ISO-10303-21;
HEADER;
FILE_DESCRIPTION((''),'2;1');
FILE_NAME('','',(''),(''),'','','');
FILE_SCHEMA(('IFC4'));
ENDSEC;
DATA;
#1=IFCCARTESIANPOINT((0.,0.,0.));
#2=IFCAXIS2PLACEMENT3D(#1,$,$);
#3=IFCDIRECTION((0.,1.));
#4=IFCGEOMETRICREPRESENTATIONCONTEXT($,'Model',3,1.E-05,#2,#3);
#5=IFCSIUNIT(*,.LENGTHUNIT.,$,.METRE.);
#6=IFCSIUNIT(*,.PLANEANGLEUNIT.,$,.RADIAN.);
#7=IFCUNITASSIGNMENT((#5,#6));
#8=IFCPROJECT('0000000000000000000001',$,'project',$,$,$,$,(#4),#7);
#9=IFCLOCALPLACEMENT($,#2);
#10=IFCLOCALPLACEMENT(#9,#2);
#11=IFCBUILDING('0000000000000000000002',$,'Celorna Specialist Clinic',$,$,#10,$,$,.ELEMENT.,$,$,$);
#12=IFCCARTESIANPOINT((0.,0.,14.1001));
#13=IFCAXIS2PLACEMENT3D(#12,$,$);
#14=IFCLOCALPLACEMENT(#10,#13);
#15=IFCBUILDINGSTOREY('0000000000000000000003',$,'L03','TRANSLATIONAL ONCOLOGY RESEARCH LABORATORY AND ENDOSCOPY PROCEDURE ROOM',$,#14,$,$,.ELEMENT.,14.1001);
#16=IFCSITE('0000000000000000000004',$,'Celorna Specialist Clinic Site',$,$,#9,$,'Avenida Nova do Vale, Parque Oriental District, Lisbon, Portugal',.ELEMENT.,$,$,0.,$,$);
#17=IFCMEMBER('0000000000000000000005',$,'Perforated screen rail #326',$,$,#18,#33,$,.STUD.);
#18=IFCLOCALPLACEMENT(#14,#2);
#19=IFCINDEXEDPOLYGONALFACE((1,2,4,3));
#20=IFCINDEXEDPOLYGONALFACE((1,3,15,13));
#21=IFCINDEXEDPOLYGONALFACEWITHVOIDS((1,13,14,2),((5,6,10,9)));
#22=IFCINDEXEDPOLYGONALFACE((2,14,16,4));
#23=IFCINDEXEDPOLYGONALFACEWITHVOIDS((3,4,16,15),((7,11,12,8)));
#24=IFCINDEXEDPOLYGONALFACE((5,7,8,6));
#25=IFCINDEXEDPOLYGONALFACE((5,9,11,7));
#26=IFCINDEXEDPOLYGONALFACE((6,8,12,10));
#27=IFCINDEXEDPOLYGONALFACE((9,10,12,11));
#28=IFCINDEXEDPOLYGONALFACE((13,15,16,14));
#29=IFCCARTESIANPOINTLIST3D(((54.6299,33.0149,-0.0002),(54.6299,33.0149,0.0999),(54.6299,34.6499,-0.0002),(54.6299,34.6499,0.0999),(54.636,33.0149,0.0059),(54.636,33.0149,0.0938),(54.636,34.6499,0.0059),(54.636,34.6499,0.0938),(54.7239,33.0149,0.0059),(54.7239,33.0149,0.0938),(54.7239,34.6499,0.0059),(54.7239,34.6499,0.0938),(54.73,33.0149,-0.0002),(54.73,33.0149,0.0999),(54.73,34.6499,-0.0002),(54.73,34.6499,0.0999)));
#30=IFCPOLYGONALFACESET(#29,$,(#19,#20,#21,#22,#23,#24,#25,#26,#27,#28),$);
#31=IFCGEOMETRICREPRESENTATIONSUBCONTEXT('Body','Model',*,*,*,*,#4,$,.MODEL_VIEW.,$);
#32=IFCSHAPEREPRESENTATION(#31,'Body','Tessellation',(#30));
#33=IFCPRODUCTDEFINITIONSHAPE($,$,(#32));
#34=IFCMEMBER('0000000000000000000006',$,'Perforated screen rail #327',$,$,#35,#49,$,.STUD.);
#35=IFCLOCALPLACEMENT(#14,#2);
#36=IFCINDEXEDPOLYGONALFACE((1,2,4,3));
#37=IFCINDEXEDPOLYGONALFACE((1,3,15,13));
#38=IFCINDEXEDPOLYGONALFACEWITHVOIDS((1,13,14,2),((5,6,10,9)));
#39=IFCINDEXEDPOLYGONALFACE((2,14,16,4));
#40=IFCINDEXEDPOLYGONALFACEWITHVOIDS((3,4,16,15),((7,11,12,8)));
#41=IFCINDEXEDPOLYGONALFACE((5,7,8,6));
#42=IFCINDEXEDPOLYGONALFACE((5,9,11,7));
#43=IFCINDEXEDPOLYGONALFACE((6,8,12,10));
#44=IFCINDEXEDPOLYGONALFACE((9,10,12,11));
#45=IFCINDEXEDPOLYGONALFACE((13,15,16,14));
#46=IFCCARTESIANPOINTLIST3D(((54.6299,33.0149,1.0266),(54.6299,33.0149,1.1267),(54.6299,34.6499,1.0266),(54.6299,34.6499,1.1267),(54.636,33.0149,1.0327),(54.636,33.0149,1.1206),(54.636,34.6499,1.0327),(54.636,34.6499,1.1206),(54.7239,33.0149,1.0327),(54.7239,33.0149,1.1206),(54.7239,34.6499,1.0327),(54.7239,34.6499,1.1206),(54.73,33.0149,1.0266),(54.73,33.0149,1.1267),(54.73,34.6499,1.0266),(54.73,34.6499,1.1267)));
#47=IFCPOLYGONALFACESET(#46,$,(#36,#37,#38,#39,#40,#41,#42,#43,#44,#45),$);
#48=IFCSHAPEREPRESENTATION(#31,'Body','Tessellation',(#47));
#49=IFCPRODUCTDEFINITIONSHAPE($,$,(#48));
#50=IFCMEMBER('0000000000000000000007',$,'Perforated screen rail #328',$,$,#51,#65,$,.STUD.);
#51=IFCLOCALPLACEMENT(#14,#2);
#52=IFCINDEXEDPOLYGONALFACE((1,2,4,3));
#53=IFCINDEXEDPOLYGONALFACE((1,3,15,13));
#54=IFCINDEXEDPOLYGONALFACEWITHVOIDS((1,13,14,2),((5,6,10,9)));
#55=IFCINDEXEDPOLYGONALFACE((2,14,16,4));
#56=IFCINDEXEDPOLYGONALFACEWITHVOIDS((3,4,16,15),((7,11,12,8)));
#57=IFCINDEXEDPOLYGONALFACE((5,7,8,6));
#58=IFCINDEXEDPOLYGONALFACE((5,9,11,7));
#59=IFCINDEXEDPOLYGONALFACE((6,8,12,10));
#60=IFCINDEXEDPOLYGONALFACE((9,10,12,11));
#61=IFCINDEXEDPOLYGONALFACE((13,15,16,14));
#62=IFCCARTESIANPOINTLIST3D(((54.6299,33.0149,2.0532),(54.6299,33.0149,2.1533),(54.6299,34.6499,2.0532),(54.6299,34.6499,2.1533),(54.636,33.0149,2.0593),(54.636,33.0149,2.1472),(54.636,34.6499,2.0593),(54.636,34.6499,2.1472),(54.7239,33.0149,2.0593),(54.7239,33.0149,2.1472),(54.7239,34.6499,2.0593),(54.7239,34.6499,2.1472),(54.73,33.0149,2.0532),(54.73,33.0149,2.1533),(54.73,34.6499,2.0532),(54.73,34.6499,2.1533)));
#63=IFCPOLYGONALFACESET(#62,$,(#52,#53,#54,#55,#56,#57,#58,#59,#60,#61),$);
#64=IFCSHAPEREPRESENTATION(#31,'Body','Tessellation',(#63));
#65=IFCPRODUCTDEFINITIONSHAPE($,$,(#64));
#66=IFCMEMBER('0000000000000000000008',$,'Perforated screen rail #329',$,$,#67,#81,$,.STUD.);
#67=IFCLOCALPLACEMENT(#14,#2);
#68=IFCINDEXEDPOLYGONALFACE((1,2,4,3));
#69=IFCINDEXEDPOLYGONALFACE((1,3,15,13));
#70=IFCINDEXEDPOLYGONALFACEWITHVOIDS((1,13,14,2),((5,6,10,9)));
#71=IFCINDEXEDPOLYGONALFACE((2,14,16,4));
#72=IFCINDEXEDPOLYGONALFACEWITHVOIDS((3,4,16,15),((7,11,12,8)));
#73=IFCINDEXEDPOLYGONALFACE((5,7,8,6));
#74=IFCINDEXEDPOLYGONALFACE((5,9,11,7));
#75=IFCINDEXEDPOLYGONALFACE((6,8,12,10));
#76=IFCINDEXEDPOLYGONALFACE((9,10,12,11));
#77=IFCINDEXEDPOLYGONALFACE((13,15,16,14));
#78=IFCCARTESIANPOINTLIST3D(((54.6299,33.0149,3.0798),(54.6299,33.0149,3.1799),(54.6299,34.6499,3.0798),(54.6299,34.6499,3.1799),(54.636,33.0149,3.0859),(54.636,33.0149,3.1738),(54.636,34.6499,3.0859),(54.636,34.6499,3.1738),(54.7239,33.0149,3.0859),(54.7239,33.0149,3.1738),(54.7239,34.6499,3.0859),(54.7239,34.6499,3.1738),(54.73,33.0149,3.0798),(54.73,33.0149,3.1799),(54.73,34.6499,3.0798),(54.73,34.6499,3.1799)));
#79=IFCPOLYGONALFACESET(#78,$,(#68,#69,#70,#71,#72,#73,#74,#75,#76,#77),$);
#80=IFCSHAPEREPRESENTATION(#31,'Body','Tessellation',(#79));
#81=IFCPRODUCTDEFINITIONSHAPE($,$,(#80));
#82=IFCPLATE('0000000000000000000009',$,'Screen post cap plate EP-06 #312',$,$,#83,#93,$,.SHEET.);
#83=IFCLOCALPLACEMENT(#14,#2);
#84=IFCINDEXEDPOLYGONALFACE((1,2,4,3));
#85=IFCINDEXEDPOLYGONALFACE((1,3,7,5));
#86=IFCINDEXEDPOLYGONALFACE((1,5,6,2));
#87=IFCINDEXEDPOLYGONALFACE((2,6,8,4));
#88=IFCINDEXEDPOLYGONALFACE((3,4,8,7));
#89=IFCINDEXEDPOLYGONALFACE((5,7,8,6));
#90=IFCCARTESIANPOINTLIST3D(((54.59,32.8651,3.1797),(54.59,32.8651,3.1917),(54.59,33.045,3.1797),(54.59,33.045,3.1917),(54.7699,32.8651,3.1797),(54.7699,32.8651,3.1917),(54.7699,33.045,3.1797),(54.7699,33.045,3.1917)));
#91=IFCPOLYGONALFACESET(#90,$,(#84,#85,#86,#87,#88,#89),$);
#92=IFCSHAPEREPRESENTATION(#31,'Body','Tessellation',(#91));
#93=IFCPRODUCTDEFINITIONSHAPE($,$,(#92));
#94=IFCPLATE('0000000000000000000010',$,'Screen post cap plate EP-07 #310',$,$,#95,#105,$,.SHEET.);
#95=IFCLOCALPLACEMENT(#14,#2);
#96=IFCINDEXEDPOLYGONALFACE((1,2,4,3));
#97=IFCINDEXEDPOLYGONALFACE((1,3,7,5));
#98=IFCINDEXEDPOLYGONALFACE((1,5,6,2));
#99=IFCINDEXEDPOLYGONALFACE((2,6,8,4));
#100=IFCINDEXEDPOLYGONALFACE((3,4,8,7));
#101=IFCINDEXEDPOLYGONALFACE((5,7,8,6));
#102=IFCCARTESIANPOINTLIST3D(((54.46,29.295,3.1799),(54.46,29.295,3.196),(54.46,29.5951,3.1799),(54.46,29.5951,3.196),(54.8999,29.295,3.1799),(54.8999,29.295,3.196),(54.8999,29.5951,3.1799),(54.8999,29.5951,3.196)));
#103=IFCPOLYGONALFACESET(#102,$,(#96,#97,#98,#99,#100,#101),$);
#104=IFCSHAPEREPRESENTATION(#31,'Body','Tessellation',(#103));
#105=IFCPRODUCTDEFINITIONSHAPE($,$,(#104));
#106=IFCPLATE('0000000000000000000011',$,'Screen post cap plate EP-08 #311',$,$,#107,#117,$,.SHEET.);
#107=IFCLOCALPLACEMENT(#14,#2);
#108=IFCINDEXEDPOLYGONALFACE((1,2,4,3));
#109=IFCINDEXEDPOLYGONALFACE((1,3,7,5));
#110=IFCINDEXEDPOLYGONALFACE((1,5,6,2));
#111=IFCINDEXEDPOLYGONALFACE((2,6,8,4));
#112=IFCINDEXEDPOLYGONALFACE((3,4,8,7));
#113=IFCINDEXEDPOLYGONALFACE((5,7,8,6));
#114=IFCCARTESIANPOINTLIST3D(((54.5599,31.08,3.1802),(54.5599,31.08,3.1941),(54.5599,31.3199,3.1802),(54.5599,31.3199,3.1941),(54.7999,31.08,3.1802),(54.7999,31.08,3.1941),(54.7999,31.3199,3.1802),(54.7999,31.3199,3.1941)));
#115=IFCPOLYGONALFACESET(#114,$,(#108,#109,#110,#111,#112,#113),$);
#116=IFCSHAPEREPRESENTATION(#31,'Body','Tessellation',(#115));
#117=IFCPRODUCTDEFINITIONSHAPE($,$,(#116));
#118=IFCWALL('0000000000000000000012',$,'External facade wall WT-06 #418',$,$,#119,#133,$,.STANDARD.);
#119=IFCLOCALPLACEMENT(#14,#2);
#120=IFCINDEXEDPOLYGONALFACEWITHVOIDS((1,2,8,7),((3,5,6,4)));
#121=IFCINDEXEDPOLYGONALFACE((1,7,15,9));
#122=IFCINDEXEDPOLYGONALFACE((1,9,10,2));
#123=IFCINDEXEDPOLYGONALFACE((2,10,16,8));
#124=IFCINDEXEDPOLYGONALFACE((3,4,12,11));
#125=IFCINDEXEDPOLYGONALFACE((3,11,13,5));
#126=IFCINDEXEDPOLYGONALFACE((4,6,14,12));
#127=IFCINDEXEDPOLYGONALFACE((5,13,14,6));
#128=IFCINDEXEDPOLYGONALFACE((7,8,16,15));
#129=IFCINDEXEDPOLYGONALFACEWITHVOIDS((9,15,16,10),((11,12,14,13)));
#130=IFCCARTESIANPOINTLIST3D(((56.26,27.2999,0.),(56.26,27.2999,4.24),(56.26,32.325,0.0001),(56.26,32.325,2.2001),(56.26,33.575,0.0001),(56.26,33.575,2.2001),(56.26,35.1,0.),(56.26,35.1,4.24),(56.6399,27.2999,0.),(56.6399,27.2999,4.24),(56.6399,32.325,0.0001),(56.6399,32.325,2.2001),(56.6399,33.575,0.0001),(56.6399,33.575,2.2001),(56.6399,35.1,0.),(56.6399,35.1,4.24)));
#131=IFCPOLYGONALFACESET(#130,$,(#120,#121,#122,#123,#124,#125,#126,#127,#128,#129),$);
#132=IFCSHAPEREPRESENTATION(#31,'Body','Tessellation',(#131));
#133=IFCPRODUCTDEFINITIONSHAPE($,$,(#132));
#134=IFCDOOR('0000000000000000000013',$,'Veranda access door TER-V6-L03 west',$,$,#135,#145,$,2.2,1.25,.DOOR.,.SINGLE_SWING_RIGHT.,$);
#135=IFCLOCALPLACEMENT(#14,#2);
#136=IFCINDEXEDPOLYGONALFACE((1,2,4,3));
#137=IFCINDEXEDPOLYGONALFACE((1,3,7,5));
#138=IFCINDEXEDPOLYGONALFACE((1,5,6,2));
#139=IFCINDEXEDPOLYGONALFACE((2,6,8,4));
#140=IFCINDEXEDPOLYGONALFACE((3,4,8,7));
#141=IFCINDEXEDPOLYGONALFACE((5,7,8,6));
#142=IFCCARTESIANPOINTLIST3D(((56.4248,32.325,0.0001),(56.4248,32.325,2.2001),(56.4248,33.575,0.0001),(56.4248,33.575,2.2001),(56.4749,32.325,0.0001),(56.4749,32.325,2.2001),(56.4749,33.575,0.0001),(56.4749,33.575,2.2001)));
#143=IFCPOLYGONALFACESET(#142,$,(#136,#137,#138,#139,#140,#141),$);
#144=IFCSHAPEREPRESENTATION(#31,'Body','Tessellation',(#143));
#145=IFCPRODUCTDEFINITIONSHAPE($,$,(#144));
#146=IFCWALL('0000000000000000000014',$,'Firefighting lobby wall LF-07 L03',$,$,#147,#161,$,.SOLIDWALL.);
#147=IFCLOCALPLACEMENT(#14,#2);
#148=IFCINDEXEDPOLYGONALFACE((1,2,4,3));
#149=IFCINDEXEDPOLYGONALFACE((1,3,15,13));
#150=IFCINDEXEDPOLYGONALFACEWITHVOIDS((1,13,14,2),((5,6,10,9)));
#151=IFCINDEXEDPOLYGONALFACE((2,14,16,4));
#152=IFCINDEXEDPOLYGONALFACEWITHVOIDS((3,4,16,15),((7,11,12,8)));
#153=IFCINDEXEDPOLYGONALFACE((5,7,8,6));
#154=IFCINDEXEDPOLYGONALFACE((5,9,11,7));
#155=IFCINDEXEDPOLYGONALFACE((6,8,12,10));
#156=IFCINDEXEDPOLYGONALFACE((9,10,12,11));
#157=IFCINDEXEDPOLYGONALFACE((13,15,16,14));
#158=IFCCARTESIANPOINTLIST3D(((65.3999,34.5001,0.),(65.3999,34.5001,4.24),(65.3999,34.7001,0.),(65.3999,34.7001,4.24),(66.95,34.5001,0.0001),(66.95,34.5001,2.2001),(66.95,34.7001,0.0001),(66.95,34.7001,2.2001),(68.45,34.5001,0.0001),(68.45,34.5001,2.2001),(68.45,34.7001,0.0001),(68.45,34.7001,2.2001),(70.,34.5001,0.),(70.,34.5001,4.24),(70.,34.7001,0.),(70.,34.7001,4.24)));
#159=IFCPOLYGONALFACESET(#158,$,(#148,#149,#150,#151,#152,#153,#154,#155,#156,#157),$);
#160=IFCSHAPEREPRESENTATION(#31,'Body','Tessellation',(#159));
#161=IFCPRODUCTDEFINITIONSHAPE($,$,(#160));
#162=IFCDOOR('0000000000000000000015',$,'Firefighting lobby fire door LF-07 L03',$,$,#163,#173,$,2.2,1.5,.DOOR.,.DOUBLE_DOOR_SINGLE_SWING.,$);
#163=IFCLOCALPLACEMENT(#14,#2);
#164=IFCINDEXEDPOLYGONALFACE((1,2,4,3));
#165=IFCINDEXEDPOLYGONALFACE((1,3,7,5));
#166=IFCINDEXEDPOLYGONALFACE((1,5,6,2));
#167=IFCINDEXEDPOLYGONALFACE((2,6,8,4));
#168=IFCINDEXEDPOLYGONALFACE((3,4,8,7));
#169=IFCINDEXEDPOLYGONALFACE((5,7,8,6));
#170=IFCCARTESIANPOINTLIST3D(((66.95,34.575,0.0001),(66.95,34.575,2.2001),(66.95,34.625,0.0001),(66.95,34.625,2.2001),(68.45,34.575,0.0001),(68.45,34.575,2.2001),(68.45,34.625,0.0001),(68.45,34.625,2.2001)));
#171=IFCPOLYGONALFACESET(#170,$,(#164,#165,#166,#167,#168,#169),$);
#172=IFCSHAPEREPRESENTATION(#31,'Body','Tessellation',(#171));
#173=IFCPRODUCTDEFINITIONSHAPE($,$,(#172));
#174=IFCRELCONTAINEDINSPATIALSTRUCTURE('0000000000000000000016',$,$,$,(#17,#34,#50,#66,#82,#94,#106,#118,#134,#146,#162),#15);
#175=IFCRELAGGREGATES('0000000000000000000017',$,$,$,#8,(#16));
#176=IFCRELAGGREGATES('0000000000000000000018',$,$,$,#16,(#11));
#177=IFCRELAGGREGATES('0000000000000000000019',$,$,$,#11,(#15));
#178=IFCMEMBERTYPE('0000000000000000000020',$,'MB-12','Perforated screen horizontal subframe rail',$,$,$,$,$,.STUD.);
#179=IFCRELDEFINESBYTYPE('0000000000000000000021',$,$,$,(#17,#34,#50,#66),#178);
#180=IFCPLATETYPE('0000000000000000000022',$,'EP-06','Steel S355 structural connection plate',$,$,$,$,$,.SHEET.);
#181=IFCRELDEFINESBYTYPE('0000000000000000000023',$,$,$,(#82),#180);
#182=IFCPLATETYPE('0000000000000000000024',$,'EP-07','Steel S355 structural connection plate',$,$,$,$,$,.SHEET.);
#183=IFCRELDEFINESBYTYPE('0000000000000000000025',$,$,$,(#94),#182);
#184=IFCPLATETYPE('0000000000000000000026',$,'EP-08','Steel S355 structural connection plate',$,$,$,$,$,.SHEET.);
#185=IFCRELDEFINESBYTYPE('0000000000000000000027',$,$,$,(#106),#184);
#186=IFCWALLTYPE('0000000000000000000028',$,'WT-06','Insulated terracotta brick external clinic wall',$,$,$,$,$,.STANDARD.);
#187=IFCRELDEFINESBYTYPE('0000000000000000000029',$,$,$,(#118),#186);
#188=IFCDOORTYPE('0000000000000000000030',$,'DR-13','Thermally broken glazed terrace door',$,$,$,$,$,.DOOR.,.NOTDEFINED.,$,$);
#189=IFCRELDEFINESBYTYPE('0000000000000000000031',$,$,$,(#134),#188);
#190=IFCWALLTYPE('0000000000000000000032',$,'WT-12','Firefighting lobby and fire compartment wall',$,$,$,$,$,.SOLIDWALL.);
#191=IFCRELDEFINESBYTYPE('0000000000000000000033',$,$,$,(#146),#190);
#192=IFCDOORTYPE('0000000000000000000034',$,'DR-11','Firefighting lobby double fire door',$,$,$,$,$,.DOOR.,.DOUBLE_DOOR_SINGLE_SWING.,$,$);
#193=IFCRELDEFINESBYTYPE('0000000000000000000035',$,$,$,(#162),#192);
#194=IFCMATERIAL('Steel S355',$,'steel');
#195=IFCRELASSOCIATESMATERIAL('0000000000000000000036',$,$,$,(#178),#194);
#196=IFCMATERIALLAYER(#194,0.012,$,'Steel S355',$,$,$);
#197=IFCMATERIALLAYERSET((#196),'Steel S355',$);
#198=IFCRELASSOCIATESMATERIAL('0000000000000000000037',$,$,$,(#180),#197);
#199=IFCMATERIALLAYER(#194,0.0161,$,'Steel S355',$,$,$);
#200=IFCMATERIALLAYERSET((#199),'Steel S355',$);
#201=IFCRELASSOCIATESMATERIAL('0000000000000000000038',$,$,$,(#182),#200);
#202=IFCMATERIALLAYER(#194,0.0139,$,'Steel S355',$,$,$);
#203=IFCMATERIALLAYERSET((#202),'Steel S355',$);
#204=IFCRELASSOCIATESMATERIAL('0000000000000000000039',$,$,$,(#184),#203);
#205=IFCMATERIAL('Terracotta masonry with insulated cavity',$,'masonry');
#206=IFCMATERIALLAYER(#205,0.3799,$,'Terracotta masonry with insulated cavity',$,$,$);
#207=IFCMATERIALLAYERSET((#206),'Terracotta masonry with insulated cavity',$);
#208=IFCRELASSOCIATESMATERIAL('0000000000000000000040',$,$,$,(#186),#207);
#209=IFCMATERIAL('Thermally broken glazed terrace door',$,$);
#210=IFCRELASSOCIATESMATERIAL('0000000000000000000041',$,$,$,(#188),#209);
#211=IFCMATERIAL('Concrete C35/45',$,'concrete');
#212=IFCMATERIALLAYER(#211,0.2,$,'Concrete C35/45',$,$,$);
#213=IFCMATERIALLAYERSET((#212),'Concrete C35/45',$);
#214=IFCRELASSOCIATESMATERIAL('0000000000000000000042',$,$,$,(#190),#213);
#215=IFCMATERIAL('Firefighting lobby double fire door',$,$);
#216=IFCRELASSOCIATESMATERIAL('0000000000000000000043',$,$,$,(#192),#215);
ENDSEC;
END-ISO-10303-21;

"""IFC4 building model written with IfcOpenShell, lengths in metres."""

from ifc_helpers import new_model, si_unit, direction, frame, frame_2d, origin, origin_2d, place, context, subcontext, project, spatial, rectangle, hollow_rectangle, extrude, material, layer, layer_set, material_profile, profile_set, type_object, element, fill, save


model = new_model("IFC4")

# Units and contexts
model_context = context("Model", 3, precision=1e-05, world=origin(), true_north=direction((0.0, 1.0)))
body_context = subcontext(model_context, "Body", "Model", "MODEL_VIEW")
ifc_project = project(units=[si_unit("LENGTHUNIT", "METRE"), si_unit("PLANEANGLEUNIT", "RADIAN")], contexts=[model_context])

# Site, building, storey
site_placement = place(None, origin())
site = spatial("IfcSite", under=ifc_project, at=site_placement, Name="Celorna Specialist Clinic Site", LongName="Avenida Nova do Vale, Parque Oriental District, Lisbon, Portugal", CompositionType="ELEMENT", RefElevation=0.0)
building_placement = place(site_placement, origin())
building = spatial("IfcBuilding", under=site, at=building_placement, Name="Celorna Specialist Clinic", CompositionType="ELEMENT")
storey_placement = place(building_placement, frame((0.0, 0.0, 14.1001)))
storey = spatial("IfcBuildingStorey", under=building, at=storey_placement, Name="L03", Description="TRANSLATIONAL ONCOLOGY RESEARCH LABORATORY AND ENDOSCOPY PROCEDURE ROOM", CompositionType="ELEMENT", Elevation=14.1001)

# Members
ifc_material_1 = material(Name="Steel S355", Category="steel")
ifc_material_profile_1 = material_profile(ifc_material_1, hollow_rectangle(XDim=0.1001, YDim=0.1001, WallThickness=0.0061, at=origin_2d()), Name="SHS 100x100x6")
ifc_profile_set_1 = profile_set([ifc_material_profile_1], Name="Steel S355")
member_type_1 = type_object("IfcMemberType", Name="MB-12", Description="Perforated screen horizontal subframe rail", PredefinedType="STUD", material=ifc_profile_set_1)
for number, where, z_axis, x_axis, name in (
    (1, (54.6799, 33.0149, 0.0498), (0.0, 1.0, 0.0), (-1.0, 0.0, 0.0), "Perforated screen rail #326"),
    (2, (54.6799, 33.0149, 1.0767), (0.0, 1.0, 0.0), (-1.0, 0.0, 0.0), "Perforated screen rail #327"),
    (3, (54.6799, 33.0149, 2.1033), (0.0, 1.0, 0.0), (-1.0, 0.0, 0.0), "Perforated screen rail #328"),
    (4, (54.6799, 33.0149, 3.1299), (0.0, 1.0, 0.0), (-1.0, 0.0, 0.0), "Perforated screen rail #329"),
):
    element("IfcMember", number, at=place(storey_placement, frame(where, z_axis=z_axis, x_axis=x_axis)), inside=storey, type_object=member_type_1, Name=name, PredefinedType="STUD", context=body_context, shape_type="SweptSolid", body=[
        extrude(hollow_rectangle(XDim=0.1001, YDim=0.1001, WallThickness=0.0061, at=origin_2d()), origin(), (0.0, 0.0, 1.0), 1.635),
    ])

# Plates
ifc_layer_1 = layer(ifc_material_1, 0.012, Name="Steel S355")
ifc_layer_set_1 = layer_set([ifc_layer_1], Name="Steel S355")
plate_type_1 = type_object("IfcPlateType", Name="EP-06", Description="Steel S355 structural connection plate", PredefinedType="SHEET", material=ifc_layer_set_1)
plate_1_placement = place(storey_placement, frame((54.6799, 32.9551, 3.1797), z_axis=(0.0, 0.0, 1.0), x_axis=(0.0, 1.0, 0.0)))
element("IfcPlate", 5, at=plate_1_placement, inside=storey, type_object=plate_type_1, Name="Screen post cap plate EP-06 #312", PredefinedType="SHEET", context=body_context, shape_type="SweptSolid", body=[
    extrude(rectangle(XDim=0.1799, YDim=0.1799, at=origin_2d()), origin(), (0.0, 0.0, 1.0), 0.012),
])
ifc_layer_2 = layer(ifc_material_1, 0.0161, Name="Steel S355")
ifc_layer_set_2 = layer_set([ifc_layer_2], Name="Steel S355")
plate_type_2 = type_object("IfcPlateType", Name="EP-07", Description="Steel S355 structural connection plate", PredefinedType="SHEET", material=ifc_layer_set_2)
plate_2_placement = place(storey_placement, frame((54.6799, 29.4451, 3.1799), z_axis=(0.0, 0.0, 1.0), x_axis=(0.0, 1.0, 0.0)))
element("IfcPlate", 6, at=plate_2_placement, inside=storey, type_object=plate_type_2, Name="Screen post cap plate EP-07 #310", PredefinedType="SHEET", context=body_context, shape_type="SweptSolid", body=[
    extrude(rectangle(XDim=0.3, YDim=0.4399, at=origin_2d()), origin(), (0.0, 0.0, 1.0), 0.0161),
])
ifc_layer_3 = layer(ifc_material_1, 0.0139, Name="Steel S355")
ifc_layer_set_3 = layer_set([ifc_layer_3], Name="Steel S355")
plate_type_3 = type_object("IfcPlateType", Name="EP-08", Description="Steel S355 structural connection plate", PredefinedType="SHEET", material=ifc_layer_set_3)
plate_3_placement = place(storey_placement, frame((54.6799, 31.2, 3.1802), z_axis=(0.0, 0.0, 1.0), x_axis=(0.0, 1.0, 0.0)))
element("IfcPlate", 7, at=plate_3_placement, inside=storey, type_object=plate_type_3, Name="Screen post cap plate EP-08 #311", PredefinedType="SHEET", context=body_context, shape_type="SweptSolid", body=[
    extrude(rectangle(XDim=0.24, YDim=0.24, at=origin_2d()), origin(), (0.0, 0.0, 1.0), 0.0139),
])

# Walls, openings, doors
ifc_material_2 = material(Name="Terracotta masonry with insulated cavity", Category="masonry")
ifc_layer_4 = layer(ifc_material_2, 0.3799, Name="Terracotta masonry with insulated cavity")
ifc_layer_set_4 = layer_set([ifc_layer_4], Name="Terracotta masonry with insulated cavity")
wall_type_1 = type_object("IfcWallType", Name="WT-06", Description="Insulated terracotta brick external clinic wall", PredefinedType="STANDARD", material=ifc_layer_set_4)
wall_1_placement = place(storey_placement, frame((56.45, 27.3, 0.0), z_axis=(0.0, 0.0, 1.0), x_axis=(0.0, 1.0, 0.0)))
wall_1 = element("IfcWall", 8, at=wall_1_placement, inside=storey, type_object=wall_type_1, Name="External facade wall WT-06 #418", PredefinedType="STANDARD", context=body_context, shape_type="SweptSolid", body=[
    extrude(rectangle(XDim=7.8, YDim=0.3799, at=frame_2d((3.8999, 0.0))), origin(), (0.0, 0.0, 1.0), 4.24),
])
opening_1_placement = place(wall_1_placement, frame((5.0249, 0.0, 0.0)))
opening_1 = element("IfcOpeningElement", 9, at=opening_1_placement, cuts=wall_1, PredefinedType="OPENING", context=body_context, shape_type="SweptSolid", body=[
    extrude(rectangle(XDim=1.25, YDim=2.2, at=frame_2d((0.625, 1.1001))), frame((0.0, 0.2, 0.0), z_axis=(0.0, -1.0, 0.0), x_axis=(1.0, 0.0, 0.0)), (0.0, 0.0, 1.0), 0.3999),
])
ifc_material_3 = material(Name="Thermally broken glazed terrace door")
door_type_1 = type_object("IfcDoorType", Name="DR-13", Description="Thermally broken glazed terrace door", OperationType="NOTDEFINED", PredefinedType="DOOR", material=ifc_material_3)
door_1_placement = place(opening_1_placement, frame((1.25, 0.0, 0.0), z_axis=(0.0, 0.0, 1.0), x_axis=(-1.0, 0.0, 0.0)))
door_1 = element("IfcDoor", 10, at=door_1_placement, inside=storey, type_object=door_type_1, Name="Veranda access door TER-V6-L03 west", OperationType="SINGLE_SWING_RIGHT", OverallHeight=2.2, OverallWidth=1.25, PredefinedType="DOOR", context=body_context, shape_type="SweptSolid", body=[
    extrude(rectangle(XDim=1.25, YDim=2.2, at=frame_2d((0.625, 1.1001))), frame((0.0, 0.0249, 0.0), z_axis=(0.0, -1.0, 0.0), x_axis=(1.0, 0.0, 0.0)), (0.0, 0.0, 1.0), 0.05),
])
fill(opening_1, door_1)
ifc_material_4 = material(Name="Concrete C35/45", Category="concrete")
ifc_layer_5 = layer(ifc_material_4, 0.2, Name="Concrete C35/45")
ifc_layer_set_5 = layer_set([ifc_layer_5], Name="Concrete C35/45")
wall_type_2 = type_object("IfcWallType", Name="WT-12", Description="Firefighting lobby and fire compartment wall", PredefinedType="SOLIDWALL", material=ifc_layer_set_5)
wall_2_placement = place(storey_placement, frame((65.3999, 34.6001, 0.0), z_axis=(0.0, 0.0, 1.0), x_axis=(1.0, 0.0, 0.0)))
wall_2 = element("IfcWall", 11, at=wall_2_placement, inside=storey, type_object=wall_type_2, Name="Firefighting lobby wall LF-07 L03", PredefinedType="SOLIDWALL", context=body_context, shape_type="SweptSolid", body=[
    extrude(rectangle(XDim=4.6001, YDim=0.2, at=frame_2d((2.3, 0.0))), origin(), (0.0, 0.0, 1.0), 4.24),
])
opening_2_placement = place(wall_2_placement, frame((1.55, 0.0, 0.0)))
opening_2 = element("IfcOpeningElement", 12, at=opening_2_placement, cuts=wall_2, PredefinedType="OPENING", context=body_context, shape_type="SweptSolid", body=[
    extrude(rectangle(XDim=1.5, YDim=2.2, at=frame_2d((0.75, 1.1001))), frame((0.0, 0.1099, 0.0), z_axis=(0.0, -1.0, 0.0), x_axis=(1.0, 0.0, 0.0)), (0.0, 0.0, 1.0), 0.22),
])
ifc_material_5 = material(Name="Firefighting lobby double fire door")
door_type_2 = type_object("IfcDoorType", Name="DR-11", Description="Firefighting lobby double fire door", OperationType="DOUBLE_DOOR_SINGLE_SWING", PredefinedType="DOOR", material=ifc_material_5)
door_2_placement = place(opening_2_placement, origin())
door_2 = element("IfcDoor", 13, at=door_2_placement, inside=storey, type_object=door_type_2, Name="Firefighting lobby fire door LF-07 L03", OperationType="DOUBLE_DOOR_SINGLE_SWING", OverallHeight=2.2, OverallWidth=1.5, PredefinedType="DOOR", context=body_context, shape_type="SweptSolid", body=[
    extrude(rectangle(XDim=1.5, YDim=2.2, at=frame_2d((0.75, 1.1001))), frame((0.0, 0.0249, 0.0), z_axis=(0.0, -1.0, 0.0), x_axis=(1.0, 0.0, 0.0)), (0.0, 0.0, 1.0), 0.05),
])
fill(opening_2, door_2)

save(model, "model.ifc")
